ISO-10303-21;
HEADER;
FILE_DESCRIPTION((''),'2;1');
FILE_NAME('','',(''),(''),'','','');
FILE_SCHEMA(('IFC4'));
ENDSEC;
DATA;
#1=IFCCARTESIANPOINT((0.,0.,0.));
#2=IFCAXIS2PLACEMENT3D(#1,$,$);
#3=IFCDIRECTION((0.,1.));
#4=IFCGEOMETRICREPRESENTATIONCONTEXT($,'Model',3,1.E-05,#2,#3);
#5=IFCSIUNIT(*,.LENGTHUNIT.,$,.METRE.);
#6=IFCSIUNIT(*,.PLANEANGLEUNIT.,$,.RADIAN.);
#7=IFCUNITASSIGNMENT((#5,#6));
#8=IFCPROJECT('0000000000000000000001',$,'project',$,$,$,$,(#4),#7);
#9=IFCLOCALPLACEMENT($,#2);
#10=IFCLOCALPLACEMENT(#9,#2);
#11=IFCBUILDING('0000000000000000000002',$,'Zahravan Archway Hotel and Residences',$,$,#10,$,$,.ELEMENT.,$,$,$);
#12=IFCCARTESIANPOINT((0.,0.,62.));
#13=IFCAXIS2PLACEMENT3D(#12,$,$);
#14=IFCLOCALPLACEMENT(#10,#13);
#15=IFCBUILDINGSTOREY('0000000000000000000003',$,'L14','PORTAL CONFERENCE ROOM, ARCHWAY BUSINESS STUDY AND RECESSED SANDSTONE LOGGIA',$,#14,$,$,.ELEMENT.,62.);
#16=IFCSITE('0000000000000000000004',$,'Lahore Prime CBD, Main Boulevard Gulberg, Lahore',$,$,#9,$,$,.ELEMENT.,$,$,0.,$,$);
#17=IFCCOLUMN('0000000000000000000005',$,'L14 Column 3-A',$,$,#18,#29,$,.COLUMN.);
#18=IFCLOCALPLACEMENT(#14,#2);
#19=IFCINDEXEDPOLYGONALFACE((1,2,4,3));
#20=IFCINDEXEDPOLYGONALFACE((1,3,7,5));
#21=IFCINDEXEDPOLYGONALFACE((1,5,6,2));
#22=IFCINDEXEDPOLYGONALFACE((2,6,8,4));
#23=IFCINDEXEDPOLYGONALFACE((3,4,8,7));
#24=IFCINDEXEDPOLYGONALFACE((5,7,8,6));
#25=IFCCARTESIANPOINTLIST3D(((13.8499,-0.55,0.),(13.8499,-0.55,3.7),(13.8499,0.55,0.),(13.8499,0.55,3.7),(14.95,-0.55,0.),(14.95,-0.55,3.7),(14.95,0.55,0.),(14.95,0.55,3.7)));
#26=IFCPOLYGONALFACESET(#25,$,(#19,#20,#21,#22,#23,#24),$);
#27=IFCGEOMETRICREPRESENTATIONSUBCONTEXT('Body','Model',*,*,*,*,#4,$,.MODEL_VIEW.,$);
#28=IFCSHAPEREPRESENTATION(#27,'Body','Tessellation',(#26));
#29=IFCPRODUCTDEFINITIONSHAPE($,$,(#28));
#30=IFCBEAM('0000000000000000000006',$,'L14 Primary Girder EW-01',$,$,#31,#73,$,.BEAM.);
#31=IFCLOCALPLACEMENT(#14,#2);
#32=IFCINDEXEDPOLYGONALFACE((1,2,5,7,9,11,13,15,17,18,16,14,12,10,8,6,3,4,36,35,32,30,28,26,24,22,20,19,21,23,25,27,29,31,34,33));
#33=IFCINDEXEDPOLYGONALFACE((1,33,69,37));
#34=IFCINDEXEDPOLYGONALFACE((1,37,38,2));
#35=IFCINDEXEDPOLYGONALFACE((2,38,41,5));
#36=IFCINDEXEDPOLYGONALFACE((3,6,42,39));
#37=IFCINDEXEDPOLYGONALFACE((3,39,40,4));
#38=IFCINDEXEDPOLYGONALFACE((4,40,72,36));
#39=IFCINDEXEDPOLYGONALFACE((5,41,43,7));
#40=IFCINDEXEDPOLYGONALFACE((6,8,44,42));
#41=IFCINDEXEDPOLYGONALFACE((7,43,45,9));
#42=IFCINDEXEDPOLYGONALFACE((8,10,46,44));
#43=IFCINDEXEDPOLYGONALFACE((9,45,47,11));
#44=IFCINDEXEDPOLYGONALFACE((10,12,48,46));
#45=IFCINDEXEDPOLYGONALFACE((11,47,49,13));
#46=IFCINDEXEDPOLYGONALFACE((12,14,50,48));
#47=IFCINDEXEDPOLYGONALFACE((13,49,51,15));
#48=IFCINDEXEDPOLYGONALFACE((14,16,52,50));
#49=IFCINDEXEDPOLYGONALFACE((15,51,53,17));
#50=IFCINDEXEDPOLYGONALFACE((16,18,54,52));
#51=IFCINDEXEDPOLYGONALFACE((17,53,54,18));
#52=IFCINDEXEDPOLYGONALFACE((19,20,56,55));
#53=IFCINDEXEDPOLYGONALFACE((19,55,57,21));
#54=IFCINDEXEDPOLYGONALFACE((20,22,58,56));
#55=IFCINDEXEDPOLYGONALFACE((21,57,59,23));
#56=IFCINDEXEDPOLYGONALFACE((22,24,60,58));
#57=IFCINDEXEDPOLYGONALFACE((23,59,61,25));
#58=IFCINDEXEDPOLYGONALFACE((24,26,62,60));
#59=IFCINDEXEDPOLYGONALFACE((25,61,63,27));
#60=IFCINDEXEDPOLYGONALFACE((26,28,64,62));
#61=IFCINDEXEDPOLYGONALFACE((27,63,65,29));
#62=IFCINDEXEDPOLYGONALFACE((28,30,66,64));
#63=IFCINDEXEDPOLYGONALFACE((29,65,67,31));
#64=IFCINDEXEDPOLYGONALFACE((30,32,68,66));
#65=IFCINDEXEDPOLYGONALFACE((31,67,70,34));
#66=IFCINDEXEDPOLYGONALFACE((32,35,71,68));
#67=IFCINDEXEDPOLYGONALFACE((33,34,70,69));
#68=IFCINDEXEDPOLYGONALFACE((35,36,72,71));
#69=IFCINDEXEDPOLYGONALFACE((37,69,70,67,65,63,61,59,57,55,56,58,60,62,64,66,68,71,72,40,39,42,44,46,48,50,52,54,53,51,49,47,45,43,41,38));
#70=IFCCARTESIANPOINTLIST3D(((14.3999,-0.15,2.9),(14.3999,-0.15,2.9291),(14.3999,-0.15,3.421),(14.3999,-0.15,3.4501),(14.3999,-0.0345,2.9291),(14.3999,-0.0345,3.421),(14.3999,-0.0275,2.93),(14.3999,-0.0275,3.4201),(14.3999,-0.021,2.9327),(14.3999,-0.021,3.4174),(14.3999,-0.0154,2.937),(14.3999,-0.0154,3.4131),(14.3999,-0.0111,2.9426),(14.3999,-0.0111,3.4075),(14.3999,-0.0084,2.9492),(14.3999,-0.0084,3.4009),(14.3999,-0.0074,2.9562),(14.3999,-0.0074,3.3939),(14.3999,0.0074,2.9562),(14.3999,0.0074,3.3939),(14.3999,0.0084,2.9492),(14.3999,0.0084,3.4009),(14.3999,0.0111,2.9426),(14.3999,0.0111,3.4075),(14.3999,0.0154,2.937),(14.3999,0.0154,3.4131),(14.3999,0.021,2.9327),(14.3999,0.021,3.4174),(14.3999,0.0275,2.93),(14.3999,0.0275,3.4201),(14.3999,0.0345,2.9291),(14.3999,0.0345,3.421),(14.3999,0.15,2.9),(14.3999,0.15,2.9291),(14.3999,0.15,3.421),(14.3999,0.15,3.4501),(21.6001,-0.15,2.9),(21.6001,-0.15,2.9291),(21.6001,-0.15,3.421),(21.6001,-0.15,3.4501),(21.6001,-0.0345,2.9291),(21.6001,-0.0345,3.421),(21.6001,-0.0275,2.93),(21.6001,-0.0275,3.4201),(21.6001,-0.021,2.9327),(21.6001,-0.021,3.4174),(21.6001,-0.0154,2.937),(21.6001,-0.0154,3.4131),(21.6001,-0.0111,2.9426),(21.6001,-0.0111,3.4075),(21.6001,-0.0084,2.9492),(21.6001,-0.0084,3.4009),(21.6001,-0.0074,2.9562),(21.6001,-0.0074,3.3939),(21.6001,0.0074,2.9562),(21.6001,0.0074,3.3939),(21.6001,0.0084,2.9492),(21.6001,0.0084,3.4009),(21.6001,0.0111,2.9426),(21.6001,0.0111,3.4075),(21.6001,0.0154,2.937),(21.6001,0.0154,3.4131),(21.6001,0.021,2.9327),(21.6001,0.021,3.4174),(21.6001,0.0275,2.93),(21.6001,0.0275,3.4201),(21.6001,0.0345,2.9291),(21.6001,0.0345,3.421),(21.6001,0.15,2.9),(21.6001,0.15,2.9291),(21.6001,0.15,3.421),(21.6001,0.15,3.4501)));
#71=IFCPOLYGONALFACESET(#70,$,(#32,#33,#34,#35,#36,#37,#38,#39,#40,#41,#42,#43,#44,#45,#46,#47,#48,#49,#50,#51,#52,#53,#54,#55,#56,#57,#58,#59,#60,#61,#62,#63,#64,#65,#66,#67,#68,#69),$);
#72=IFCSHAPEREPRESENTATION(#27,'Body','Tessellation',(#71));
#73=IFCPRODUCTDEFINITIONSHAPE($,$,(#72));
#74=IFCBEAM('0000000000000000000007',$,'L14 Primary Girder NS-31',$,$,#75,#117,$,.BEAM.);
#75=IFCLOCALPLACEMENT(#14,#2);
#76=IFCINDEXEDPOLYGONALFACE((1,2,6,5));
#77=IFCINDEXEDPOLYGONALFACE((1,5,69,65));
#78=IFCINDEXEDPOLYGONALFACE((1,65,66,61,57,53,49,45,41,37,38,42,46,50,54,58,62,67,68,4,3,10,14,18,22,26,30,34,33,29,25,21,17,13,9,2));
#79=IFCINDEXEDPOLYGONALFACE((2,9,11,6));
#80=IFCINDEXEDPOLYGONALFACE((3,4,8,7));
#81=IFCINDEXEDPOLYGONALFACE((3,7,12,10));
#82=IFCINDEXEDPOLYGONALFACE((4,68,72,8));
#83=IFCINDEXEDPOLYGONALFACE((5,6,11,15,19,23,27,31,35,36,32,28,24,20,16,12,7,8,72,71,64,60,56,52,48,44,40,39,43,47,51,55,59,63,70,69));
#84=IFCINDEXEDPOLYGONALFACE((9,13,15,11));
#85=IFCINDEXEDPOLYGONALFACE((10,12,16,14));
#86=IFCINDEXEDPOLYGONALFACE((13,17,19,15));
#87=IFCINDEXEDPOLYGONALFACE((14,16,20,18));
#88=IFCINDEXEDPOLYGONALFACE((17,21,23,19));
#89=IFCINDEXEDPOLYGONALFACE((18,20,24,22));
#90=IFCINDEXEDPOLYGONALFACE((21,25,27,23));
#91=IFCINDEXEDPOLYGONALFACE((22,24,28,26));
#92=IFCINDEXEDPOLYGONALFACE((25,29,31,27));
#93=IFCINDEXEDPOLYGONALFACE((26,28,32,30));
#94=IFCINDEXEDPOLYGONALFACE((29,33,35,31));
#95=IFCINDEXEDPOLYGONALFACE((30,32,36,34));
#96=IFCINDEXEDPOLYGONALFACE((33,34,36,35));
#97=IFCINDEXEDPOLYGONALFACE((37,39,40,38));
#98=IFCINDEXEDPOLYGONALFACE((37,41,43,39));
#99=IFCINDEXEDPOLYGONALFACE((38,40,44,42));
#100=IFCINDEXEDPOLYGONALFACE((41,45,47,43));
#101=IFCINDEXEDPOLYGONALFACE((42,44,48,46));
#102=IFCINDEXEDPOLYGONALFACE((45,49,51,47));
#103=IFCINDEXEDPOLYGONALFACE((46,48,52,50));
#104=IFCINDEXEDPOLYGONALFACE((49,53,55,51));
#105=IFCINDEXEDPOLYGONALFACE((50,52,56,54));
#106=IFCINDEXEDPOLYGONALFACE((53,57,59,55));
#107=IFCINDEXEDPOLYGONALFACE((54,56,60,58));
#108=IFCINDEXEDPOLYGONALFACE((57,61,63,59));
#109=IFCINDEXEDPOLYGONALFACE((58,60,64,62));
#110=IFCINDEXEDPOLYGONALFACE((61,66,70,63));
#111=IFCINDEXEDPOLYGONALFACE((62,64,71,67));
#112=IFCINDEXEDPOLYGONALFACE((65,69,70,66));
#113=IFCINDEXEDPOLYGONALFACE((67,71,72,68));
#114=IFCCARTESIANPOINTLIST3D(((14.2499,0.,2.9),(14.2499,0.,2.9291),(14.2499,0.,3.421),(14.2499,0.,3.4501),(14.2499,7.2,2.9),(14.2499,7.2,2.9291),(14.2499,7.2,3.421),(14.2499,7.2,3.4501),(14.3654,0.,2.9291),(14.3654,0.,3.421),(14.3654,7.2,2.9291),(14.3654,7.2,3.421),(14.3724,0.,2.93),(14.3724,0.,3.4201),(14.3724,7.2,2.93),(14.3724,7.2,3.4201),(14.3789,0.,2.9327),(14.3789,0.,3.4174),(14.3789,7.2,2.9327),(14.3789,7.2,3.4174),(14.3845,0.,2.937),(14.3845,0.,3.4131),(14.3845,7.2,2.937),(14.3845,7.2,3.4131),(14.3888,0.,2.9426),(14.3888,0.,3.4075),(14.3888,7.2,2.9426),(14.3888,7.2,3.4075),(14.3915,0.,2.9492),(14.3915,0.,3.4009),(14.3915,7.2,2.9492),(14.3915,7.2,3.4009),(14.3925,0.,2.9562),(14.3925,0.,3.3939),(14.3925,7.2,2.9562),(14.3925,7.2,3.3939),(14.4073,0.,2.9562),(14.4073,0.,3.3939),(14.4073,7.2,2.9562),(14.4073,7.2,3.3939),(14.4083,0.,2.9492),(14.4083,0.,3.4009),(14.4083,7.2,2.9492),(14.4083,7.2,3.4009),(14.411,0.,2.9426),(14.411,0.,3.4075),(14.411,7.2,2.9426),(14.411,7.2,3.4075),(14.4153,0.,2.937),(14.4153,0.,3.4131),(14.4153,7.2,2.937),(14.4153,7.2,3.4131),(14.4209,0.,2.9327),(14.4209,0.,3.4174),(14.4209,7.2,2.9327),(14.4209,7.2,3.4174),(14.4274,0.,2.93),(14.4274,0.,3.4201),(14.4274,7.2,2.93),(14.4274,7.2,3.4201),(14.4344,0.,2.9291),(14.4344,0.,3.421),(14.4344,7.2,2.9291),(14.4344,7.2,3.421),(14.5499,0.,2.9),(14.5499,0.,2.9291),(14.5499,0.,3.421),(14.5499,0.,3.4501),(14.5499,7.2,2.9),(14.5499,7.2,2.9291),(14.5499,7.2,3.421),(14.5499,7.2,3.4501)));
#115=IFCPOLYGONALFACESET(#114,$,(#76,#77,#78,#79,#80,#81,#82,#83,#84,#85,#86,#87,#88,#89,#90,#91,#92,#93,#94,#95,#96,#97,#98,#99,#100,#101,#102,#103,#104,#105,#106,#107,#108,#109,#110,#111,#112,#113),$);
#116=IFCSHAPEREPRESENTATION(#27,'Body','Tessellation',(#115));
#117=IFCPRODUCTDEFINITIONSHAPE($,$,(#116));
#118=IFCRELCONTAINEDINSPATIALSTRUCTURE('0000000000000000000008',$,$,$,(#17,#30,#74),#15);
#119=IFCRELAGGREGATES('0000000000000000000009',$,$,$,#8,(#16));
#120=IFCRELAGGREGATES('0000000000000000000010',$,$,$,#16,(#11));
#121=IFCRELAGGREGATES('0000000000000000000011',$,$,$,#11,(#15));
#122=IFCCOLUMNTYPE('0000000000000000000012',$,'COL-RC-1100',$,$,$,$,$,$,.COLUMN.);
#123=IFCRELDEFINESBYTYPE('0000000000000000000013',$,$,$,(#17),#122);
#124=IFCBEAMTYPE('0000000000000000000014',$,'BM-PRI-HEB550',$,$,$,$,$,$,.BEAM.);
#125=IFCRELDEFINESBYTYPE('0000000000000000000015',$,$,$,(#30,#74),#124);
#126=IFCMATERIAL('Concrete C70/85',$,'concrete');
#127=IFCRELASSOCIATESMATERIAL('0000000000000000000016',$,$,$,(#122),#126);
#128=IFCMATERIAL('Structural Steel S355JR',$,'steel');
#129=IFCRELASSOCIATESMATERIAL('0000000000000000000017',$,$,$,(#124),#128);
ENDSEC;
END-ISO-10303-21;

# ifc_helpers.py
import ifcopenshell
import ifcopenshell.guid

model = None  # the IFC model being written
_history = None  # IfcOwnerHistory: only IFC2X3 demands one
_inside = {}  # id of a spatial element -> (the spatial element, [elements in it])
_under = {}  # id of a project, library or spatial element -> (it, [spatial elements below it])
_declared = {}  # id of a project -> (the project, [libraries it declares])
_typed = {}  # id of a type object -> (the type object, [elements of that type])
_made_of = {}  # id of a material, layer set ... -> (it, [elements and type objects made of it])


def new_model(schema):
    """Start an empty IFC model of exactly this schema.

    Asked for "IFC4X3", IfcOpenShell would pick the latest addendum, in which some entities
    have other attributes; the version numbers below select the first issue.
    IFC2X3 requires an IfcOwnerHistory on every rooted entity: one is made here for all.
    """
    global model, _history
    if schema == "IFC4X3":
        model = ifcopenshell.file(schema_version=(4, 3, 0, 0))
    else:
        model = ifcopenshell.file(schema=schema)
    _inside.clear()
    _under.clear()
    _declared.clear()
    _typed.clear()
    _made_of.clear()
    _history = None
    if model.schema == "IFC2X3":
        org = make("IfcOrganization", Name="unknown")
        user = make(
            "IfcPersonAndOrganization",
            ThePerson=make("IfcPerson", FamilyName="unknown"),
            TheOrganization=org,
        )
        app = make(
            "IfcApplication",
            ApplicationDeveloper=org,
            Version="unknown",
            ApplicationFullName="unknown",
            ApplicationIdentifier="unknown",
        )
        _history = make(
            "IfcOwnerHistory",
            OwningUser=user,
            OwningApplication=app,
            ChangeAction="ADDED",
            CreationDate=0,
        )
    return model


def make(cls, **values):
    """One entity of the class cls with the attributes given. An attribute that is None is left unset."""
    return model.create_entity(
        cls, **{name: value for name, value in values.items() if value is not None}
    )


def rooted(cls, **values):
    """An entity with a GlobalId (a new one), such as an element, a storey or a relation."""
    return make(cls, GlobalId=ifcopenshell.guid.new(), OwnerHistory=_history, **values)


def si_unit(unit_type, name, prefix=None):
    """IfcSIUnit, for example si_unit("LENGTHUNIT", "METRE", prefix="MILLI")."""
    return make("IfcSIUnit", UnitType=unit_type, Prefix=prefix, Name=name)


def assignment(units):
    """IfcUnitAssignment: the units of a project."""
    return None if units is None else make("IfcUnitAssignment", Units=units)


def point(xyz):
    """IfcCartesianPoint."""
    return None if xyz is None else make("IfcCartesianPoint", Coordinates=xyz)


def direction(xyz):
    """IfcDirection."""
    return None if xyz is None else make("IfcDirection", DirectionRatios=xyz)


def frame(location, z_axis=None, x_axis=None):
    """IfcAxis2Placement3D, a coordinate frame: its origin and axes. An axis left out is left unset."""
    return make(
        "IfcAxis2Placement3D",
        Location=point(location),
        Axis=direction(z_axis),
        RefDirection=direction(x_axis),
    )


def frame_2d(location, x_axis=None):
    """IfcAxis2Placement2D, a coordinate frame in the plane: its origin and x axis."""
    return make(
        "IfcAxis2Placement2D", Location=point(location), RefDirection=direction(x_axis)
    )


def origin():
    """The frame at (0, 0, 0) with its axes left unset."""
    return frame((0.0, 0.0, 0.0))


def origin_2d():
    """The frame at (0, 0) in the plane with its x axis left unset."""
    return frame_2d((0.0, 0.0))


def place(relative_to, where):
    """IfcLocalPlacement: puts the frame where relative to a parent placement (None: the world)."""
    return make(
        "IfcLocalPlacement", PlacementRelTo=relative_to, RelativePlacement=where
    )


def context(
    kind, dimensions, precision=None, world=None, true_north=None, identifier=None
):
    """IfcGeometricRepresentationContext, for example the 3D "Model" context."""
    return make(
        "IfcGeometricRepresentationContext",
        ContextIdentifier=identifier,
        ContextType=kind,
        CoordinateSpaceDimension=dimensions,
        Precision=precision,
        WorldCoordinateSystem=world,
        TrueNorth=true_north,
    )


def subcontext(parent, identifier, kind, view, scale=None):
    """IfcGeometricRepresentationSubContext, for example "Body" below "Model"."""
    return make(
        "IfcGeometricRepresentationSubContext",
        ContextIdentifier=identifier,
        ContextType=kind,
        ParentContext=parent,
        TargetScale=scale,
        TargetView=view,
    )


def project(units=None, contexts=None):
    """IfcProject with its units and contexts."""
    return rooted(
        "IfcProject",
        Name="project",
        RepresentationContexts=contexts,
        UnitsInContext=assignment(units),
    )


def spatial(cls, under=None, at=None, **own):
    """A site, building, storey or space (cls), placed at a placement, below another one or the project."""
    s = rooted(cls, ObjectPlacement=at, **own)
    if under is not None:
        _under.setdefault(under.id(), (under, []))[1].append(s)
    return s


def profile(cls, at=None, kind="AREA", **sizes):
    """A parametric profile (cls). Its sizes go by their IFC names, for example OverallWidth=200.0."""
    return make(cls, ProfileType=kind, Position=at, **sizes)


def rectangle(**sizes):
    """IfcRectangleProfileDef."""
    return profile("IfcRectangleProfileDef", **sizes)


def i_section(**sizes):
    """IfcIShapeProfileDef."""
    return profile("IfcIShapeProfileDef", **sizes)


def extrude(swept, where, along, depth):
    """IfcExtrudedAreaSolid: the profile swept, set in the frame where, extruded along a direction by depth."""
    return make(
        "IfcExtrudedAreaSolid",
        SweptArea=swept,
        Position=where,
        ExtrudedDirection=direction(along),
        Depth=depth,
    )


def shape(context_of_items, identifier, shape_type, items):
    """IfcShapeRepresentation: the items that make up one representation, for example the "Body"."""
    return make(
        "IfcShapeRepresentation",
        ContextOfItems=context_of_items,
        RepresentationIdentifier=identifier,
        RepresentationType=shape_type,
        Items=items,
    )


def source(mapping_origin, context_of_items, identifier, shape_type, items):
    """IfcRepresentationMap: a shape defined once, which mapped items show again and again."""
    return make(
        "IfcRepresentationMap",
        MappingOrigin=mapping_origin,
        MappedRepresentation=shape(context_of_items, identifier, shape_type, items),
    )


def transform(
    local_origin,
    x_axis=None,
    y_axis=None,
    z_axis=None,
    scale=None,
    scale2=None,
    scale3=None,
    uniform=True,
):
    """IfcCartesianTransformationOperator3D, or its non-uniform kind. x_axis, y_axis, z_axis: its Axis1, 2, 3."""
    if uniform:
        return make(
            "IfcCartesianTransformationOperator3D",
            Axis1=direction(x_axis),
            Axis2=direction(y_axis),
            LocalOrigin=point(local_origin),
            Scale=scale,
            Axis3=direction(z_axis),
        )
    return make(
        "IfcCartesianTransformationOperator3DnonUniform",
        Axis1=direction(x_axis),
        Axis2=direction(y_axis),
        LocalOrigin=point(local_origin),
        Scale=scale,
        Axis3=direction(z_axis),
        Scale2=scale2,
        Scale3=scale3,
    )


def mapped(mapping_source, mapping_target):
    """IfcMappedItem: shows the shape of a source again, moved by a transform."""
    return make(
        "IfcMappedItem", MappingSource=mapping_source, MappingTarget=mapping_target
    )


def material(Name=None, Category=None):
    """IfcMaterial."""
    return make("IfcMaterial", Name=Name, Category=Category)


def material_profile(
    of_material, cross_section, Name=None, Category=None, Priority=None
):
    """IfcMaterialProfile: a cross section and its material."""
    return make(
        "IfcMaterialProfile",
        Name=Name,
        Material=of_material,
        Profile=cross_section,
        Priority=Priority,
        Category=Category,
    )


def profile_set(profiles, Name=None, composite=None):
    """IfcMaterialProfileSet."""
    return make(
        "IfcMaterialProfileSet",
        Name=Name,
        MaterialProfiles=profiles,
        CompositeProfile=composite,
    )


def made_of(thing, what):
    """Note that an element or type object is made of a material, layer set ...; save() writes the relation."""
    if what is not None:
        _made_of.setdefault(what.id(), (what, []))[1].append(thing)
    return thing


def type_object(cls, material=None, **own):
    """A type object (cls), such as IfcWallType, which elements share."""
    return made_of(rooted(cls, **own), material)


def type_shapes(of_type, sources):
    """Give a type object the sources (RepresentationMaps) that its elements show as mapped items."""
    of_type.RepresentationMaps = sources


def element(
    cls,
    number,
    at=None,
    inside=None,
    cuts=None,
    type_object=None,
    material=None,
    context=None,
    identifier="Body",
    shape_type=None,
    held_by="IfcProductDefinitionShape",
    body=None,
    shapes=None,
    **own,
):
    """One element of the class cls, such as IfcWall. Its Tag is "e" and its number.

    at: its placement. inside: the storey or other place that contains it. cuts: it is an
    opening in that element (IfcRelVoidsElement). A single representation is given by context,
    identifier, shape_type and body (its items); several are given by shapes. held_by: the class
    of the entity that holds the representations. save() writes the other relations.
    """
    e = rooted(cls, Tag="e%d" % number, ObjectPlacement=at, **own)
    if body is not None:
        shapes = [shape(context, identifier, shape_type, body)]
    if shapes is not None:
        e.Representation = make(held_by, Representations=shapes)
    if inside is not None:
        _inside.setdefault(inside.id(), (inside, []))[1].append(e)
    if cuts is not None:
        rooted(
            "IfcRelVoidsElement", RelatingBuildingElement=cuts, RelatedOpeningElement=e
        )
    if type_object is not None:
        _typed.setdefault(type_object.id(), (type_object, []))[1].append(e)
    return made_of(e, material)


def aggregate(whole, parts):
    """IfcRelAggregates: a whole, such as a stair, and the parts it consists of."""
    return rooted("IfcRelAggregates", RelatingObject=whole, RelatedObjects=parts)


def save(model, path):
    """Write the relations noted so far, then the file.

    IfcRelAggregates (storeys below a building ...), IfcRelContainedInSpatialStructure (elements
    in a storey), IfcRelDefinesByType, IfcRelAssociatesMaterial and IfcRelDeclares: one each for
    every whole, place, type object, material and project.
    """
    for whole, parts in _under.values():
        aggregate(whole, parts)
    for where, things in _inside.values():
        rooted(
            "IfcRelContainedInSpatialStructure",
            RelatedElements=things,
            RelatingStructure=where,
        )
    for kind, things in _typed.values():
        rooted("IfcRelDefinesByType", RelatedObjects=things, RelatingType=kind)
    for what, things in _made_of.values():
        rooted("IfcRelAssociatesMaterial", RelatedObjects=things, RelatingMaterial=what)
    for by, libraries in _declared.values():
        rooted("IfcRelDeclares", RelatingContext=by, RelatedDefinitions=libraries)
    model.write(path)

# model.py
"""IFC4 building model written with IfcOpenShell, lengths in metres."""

from ifc_helpers import new_model, si_unit, direction, frame, origin, origin_2d, place, context, subcontext, project, spatial, rectangle, i_section, extrude, source, transform, mapped, material, material_profile, profile_set, type_object, type_shapes, element, save


model = new_model("IFC4")

# Units and contexts
model_context = context("Model", 3, precision=1e-05, world=origin(), true_north=direction((0.0, 1.0)))
body_context = subcontext(model_context, "Body", "Model", "MODEL_VIEW")
ifc_project = project(units=[si_unit("LENGTHUNIT", "METRE"), si_unit("PLANEANGLEUNIT", "RADIAN")], contexts=[model_context])

# Site, building, storey
site_placement = place(None, origin())
site = spatial("IfcSite", under=ifc_project, at=site_placement, Name="Lahore Prime CBD, Main Boulevard Gulberg, Lahore", CompositionType="ELEMENT", RefElevation=0.0)
building_placement = place(site_placement, origin())
building = spatial("IfcBuilding", under=site, at=building_placement, Name="Zahravan Archway Hotel and Residences", CompositionType="ELEMENT")
storey_placement = place(building_placement, frame((0.0, 0.0, 62.0)))
storey = spatial("IfcBuildingStorey", under=building, at=storey_placement, Name="L14", Description="PORTAL CONFERENCE ROOM, ARCHWAY BUSINESS STUDY AND RECESSED SANDSTONE LOGGIA", CompositionType="ELEMENT", Elevation=62.0)

# Column
ifc_material_1 = material(Name="Concrete C70/85", Category="concrete")
ifc_material_profile_1 = material_profile(ifc_material_1, rectangle(XDim=1.1001, YDim=1.1001, at=origin_2d()), Name="RC 1100x1100", Category="concrete")
ifc_profile_set_1 = profile_set([ifc_material_profile_1], Name="Concrete C70/85")
column_type = type_object("IfcColumnType", Name="COL-RC-1100", PredefinedType="COLUMN", material=ifc_profile_set_1)
shared_shape_1 = source(origin(), body_context, "Body", "SweptSolid", [
    extrude(rectangle(XDim=1.1001, YDim=1.1001, at=origin_2d()), origin(), (0.0, 0.0, 1.0), 3.7),
])
column_placement = place(storey_placement, frame((14.3999, 0.0, 0.0), z_axis=(0.0, 0.0, 1.0), x_axis=(1.0, 0.0, 0.0)))
element("IfcColumn", 1, at=column_placement, inside=storey, type_object=column_type, Name="L14 Column 3-A", PredefinedType="COLUMN", context=body_context, shape_type="MappedRepresentation", body=[
    mapped(shared_shape_1, transform((0.0, 0.0, 0.0), scale=1.0)),
])

# Beams
ifc_material_2 = material(Name="Structural Steel S355JR", Category="steel")
ifc_material_profile_2 = material_profile(ifc_material_2, i_section(OverallWidth=0.3, OverallDepth=0.55, WebThickness=0.0149, FlangeThickness=0.0291, FilletRadius=0.0271, at=origin_2d()), Name="HEB 550", Category="steel")
ifc_profile_set_2 = profile_set([ifc_material_profile_2], Name="Structural Steel S355JR")
beam_type = type_object("IfcBeamType", Name="BM-PRI-HEB550", PredefinedType="BEAM", material=ifc_profile_set_2)
shared_shape_2 = source(origin(), body_context, "Body", "SweptSolid", [
    extrude(i_section(OverallWidth=0.3, OverallDepth=0.55, WebThickness=0.0149, FlangeThickness=0.0291, FilletRadius=0.0271, at=origin_2d()), origin(), (0.0, 0.0, 1.0), 7.2002),
])
type_shapes(beam_type, [shared_shape_2])
beam_1_placement = place(storey_placement, frame((14.3999, 0.0, 3.175), z_axis=(1.0, 0.0, 0.0), x_axis=(0.0, 1.0, 0.0)))
element("IfcBeam", 2, at=beam_1_placement, inside=storey, type_object=beam_type, Name="L14 Primary Girder EW-01", PredefinedType="BEAM", context=body_context, shape_type="MappedRepresentation", body=[
    mapped(shared_shape_2, transform((0.0, 0.0, 0.0), scale=1.0)),
])
shared_shape_3 = source(origin(), body_context, "Body", "SweptSolid", [
    extrude(i_section(OverallWidth=0.3, OverallDepth=0.55, WebThickness=0.0149, FlangeThickness=0.0291, FilletRadius=0.0271, at=origin_2d()), origin(), (0.0, 0.0, 1.0), 7.2),
])
beam_2_placement = place(storey_placement, frame((14.3999, 0.0, 3.175), z_axis=(0.0, 1.0, 0.0), x_axis=(-1.0, 0.0, 0.0)))
element("IfcBeam", 3, at=beam_2_placement, inside=storey, type_object=beam_type, Name="L14 Primary Girder NS-31", PredefinedType="BEAM", context=body_context, shape_type="MappedRepresentation", body=[
    mapped(shared_shape_3, transform((0.0, 0.0, 0.0), scale=1.0)),
])

save(model, "model.ifc")
